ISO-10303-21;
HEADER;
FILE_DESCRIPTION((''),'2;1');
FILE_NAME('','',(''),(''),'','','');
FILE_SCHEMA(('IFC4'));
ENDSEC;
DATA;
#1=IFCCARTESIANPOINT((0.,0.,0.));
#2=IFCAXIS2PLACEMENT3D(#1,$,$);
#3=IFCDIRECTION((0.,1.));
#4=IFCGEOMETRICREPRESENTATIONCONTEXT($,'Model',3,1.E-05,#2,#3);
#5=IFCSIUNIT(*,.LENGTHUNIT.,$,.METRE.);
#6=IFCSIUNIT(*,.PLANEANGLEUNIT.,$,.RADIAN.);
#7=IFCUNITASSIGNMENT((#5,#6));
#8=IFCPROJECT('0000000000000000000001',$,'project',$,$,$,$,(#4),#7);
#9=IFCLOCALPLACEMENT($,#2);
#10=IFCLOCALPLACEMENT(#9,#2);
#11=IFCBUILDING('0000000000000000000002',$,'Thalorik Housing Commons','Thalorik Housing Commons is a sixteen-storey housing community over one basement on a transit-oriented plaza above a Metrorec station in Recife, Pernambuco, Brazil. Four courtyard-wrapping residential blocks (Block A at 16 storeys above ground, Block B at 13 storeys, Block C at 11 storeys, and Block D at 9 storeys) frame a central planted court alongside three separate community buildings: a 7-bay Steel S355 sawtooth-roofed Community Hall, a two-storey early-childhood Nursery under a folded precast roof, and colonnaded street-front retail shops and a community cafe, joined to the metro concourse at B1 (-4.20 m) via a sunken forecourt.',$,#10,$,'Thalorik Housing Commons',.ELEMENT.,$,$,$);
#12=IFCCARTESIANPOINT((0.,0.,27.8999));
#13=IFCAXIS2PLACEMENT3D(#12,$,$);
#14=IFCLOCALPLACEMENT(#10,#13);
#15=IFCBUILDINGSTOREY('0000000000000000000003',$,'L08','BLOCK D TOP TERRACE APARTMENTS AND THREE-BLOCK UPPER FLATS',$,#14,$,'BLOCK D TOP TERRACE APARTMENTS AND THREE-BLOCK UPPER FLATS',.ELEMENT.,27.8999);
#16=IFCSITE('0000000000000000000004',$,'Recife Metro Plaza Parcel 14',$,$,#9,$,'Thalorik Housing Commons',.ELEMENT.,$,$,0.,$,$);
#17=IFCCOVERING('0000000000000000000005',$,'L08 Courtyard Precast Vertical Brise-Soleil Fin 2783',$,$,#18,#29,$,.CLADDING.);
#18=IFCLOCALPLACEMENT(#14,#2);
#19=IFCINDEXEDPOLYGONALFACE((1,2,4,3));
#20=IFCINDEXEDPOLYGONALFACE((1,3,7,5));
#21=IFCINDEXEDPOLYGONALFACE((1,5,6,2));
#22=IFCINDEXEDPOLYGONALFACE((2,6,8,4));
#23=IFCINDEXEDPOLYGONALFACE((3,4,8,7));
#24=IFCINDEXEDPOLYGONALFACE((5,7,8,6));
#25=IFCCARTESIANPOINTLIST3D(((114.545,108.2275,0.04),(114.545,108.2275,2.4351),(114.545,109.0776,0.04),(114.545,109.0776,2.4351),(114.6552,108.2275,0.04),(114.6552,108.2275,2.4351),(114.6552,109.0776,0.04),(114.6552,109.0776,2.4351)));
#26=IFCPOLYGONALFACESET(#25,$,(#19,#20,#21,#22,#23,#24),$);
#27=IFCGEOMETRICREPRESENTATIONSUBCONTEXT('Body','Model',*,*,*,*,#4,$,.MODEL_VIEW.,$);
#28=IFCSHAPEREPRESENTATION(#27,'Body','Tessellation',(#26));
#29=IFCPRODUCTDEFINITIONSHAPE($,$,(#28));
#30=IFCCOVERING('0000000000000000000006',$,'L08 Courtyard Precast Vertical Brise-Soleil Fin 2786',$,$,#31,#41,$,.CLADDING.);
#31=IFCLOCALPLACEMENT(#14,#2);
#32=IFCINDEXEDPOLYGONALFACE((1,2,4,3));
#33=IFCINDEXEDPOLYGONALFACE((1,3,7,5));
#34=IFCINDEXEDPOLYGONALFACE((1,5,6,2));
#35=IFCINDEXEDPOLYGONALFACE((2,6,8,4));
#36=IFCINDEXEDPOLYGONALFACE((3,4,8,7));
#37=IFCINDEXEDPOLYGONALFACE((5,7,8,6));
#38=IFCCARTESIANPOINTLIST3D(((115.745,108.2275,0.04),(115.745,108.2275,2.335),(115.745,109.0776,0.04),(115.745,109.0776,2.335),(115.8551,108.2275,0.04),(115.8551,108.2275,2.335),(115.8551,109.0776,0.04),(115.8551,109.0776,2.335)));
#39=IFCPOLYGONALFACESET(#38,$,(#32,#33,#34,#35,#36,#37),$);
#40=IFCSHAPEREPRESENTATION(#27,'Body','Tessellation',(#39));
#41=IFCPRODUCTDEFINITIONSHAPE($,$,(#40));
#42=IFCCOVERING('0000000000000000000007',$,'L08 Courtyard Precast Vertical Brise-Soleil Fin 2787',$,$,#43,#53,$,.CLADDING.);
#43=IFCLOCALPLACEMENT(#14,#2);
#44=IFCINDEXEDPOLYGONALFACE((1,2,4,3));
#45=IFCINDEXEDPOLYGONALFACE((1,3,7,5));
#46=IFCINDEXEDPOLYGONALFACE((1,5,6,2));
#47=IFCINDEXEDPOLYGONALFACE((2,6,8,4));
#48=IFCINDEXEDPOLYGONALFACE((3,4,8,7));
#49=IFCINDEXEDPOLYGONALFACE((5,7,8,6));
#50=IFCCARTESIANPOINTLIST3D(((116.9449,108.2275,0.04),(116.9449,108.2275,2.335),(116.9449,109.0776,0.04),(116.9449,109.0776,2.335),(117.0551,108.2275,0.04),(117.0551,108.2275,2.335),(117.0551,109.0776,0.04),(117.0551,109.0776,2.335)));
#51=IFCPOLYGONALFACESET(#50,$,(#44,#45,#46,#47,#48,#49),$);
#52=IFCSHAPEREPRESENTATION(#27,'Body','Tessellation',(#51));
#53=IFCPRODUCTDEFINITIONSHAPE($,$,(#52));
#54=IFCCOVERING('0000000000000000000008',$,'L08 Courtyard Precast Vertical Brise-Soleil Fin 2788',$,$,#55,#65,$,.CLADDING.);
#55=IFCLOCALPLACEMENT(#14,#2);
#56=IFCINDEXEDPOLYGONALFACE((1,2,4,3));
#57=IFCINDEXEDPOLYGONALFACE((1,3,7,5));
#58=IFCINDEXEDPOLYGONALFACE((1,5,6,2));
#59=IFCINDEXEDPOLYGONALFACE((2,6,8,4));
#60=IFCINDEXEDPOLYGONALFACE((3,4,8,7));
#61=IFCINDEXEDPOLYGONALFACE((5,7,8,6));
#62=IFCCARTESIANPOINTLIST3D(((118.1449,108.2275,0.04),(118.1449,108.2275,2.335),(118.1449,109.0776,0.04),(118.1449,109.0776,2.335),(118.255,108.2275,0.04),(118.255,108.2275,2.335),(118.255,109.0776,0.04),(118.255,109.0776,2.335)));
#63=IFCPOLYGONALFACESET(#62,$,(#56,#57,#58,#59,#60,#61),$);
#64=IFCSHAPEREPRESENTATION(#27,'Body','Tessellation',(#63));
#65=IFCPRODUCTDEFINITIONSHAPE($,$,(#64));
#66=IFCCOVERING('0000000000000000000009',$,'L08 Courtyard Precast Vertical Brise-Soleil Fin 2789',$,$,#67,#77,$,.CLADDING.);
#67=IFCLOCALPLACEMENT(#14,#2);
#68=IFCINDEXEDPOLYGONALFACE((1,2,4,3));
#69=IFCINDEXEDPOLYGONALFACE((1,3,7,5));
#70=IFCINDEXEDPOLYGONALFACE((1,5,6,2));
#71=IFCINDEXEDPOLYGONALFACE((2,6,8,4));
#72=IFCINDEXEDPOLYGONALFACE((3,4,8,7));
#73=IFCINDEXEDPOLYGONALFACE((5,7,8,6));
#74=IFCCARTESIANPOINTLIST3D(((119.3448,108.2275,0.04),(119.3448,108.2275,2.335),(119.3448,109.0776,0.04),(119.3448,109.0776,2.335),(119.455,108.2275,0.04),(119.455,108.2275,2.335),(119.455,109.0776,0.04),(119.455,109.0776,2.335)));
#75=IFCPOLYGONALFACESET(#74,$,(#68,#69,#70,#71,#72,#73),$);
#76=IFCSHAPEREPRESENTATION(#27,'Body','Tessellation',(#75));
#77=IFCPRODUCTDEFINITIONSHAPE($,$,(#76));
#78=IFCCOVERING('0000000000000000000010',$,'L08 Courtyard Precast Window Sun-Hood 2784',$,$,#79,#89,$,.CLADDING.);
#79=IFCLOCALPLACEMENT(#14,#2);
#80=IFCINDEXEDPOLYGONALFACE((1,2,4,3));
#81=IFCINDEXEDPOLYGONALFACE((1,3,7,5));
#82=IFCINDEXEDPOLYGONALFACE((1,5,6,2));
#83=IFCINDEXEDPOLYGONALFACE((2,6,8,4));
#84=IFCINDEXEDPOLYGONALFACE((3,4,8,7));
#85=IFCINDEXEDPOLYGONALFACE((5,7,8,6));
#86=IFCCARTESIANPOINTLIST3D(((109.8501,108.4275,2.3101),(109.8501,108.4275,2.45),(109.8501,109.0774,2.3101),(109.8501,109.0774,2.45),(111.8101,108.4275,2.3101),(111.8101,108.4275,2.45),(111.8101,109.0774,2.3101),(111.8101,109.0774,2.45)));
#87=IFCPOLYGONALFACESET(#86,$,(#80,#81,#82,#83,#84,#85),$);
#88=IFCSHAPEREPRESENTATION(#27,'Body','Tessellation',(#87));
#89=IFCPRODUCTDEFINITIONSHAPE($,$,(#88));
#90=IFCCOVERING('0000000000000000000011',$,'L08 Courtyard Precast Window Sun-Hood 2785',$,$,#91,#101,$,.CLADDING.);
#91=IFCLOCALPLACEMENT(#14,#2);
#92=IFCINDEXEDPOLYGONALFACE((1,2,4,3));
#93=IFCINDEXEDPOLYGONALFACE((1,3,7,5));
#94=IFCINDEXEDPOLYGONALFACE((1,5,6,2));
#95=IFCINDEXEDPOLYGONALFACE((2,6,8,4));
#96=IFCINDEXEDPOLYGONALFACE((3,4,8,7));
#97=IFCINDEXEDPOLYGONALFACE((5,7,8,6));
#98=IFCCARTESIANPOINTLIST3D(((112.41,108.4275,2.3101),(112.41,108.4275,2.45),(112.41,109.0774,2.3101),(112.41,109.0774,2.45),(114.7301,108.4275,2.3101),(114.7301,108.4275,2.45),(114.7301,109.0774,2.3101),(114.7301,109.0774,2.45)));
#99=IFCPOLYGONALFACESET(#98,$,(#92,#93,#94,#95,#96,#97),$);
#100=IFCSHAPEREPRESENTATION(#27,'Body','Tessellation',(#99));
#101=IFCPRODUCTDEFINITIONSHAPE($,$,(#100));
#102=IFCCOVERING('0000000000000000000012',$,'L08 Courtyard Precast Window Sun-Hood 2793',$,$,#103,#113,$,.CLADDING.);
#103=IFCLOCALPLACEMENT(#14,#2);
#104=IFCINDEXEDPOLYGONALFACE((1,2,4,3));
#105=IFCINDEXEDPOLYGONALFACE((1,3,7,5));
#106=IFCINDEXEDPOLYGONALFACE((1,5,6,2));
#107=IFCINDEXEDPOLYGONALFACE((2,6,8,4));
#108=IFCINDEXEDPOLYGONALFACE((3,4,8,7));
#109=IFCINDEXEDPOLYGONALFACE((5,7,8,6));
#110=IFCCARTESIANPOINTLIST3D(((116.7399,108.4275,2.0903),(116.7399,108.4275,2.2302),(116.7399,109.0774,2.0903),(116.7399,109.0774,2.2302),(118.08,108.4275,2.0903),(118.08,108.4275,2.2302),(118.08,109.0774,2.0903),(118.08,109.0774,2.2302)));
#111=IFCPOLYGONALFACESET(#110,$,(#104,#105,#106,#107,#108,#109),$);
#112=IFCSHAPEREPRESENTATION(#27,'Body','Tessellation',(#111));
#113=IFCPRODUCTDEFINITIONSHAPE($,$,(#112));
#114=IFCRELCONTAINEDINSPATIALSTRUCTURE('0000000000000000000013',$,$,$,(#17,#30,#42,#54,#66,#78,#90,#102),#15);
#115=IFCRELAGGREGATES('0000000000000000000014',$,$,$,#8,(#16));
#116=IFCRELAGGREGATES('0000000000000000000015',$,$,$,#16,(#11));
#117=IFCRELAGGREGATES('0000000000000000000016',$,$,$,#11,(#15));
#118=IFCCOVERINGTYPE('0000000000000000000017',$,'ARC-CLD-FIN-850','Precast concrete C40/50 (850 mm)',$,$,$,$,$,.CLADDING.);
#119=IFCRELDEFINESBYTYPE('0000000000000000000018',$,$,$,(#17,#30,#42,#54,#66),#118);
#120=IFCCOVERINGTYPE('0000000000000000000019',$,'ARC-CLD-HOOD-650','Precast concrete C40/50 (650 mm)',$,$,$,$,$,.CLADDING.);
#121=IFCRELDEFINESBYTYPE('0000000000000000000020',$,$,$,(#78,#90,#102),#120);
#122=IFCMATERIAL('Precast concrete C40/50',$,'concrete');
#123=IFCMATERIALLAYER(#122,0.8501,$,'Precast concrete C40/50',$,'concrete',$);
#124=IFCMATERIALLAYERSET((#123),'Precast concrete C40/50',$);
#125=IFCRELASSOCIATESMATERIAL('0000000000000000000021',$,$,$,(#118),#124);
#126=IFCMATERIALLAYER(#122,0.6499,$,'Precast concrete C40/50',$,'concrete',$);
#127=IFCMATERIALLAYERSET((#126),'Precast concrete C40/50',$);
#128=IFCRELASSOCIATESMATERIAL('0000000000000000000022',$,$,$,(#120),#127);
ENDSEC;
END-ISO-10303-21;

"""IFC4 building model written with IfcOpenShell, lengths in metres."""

from ifc_helpers import new_model, si_unit, direction, frame, origin, origin_2d, place, context, subcontext, project, spatial, rectangle, extrude, material, layer, layer_set, type_object, element, save


model = new_model("IFC4")

# Units and contexts
model_context = context("Model", 3, precision=1e-05, world=origin(), true_north=direction((0.0, 1.0)))
body_context = subcontext(model_context, "Body", "Model", "MODEL_VIEW")
ifc_project = project(units=[si_unit("LENGTHUNIT", "METRE"), si_unit("PLANEANGLEUNIT", "RADIAN")], contexts=[model_context])

# Site, building, storey
site_placement = place(None, origin())
site = spatial("IfcSite", under=ifc_project, at=site_placement, Name="Recife Metro Plaza Parcel 14", LongName="Thalorik Housing Commons", CompositionType="ELEMENT", RefElevation=0.0)
building_placement = place(site_placement, origin())
building = spatial("IfcBuilding", under=site, at=building_placement, Name="Thalorik Housing Commons", Description="Thalorik Housing Commons is a sixteen-storey housing community over one basement on a transit-oriented plaza above a Metrorec station in Recife, Pernambuco, Brazil. Four courtyard-wrapping residential blocks (Block A at 16 storeys above ground, Block B at 13 storeys, Block C at 11 storeys, and Block D at 9 storeys) frame a central planted court alongside three separate community buildings: a 7-bay Steel S355 sawtooth-roofed Community Hall, a two-storey early-childhood Nursery under a folded precast roof, and colonnaded street-front retail shops and a community cafe, joined to the metro concourse at B1 (-4.20 m) via a sunken forecourt.", LongName="Thalorik Housing Commons", CompositionType="ELEMENT")
storey_placement = place(building_placement, frame((0.0, 0.0, 27.8999)))
storey = spatial("IfcBuildingStorey", under=building, at=storey_placement, Name="L08", Description="BLOCK D TOP TERRACE APARTMENTS AND THREE-BLOCK UPPER FLATS", LongName="BLOCK D TOP TERRACE APARTMENTS AND THREE-BLOCK UPPER FLATS", CompositionType="ELEMENT", Elevation=27.8999)

# Shared definitions
ifc_material_1 = material(Name="Precast concrete C40/50", Category="concrete")

# Coverings
ifc_layer_1 = layer(ifc_material_1, 0.8501, Name="Precast concrete C40/50", Category="concrete")
ifc_layer_set_1 = layer_set([ifc_layer_1], Name="Precast concrete C40/50")
covering_type_1 = type_object("IfcCoveringType", Name="ARC-CLD-FIN-850", Description="Precast concrete C40/50 (850 mm)", PredefinedType="CLADDING", material=ifc_layer_set_1)
for number, where, z_axis, x_axis, name in (
    (1, (114.6001, 108.6526, 0.04), (0.0, 0.0, 1.0), (1.0, 0.0, 0.0), "L08 Courtyard Precast Vertical Brise-Soleil Fin 2783"),
):
    element("IfcCovering", number, at=place(storey_placement, frame(where, z_axis=z_axis, x_axis=x_axis)), inside=storey, type_object=covering_type_1, Name=name, PredefinedType="CLADDING", context=body_context, shape_type="SweptSolid", body=[
        extrude(rectangle(XDim=0.1101, YDim=0.8501, at=origin_2d()), origin(), (0.0, 0.0, 1.0), 2.395),
    ])
for number, where, z_axis, x_axis, name in (
    (2, (115.8, 108.6526, 0.04), (0.0, 0.0, 1.0), (1.0, 0.0, 0.0), "L08 Courtyard Precast Vertical Brise-Soleil Fin 2786"),
    (3, (117.0, 108.6526, 0.04), (0.0, 0.0, 1.0), (1.0, 0.0, 0.0), "L08 Courtyard Precast Vertical Brise-Soleil Fin 2787"),
    (4, (118.2, 108.6526, 0.04), (0.0, 0.0, 1.0), (1.0, 0.0, 0.0), "L08 Courtyard Precast Vertical Brise-Soleil Fin 2788"),
    (5, (119.3999, 108.6526, 0.04), (0.0, 0.0, 1.0), (1.0, 0.0, 0.0), "L08 Courtyard Precast Vertical Brise-Soleil Fin 2789"),
):
    element("IfcCovering", number, at=place(storey_placement, frame(where, z_axis=z_axis, x_axis=x_axis)), inside=storey, type_object=covering_type_1, Name=name, PredefinedType="CLADDING", context=body_context, shape_type="SweptSolid", body=[
        extrude(rectangle(XDim=0.1101, YDim=0.8501, at=origin_2d()), origin(), (0.0, 0.0, 1.0), 2.2949),
    ])
ifc_layer_2 = layer(ifc_material_1, 0.6499, Name="Precast concrete C40/50", Category="concrete")
ifc_layer_set_2 = layer_set([ifc_layer_2], Name="Precast concrete C40/50")
covering_type_2 = type_object("IfcCoveringType", Name="ARC-CLD-HOOD-650", Description="Precast concrete C40/50 (650 mm)", PredefinedType="CLADDING", material=ifc_layer_set_2)
covering_1_placement = place(storey_placement, frame((110.8301, 108.7524, 2.3101), z_axis=(0.0, 0.0, 1.0), x_axis=(1.0, 0.0, 0.0)))
element("IfcCovering", 6, at=covering_1_placement, inside=storey, type_object=covering_type_2, Name="L08 Courtyard Precast Window Sun-Hood 2784", PredefinedType="CLADDING", context=body_context, shape_type="SweptSolid", body=[
    extrude(rectangle(XDim=1.96, YDim=0.6499, at=origin_2d()), origin(), (0.0, 0.0, 1.0), 0.1399),
])
covering_2_placement = place(storey_placement, frame((113.5701, 108.7524, 2.3101), z_axis=(0.0, 0.0, 1.0), x_axis=(1.0, 0.0, 0.0)))
element("IfcCovering", 7, at=covering_2_placement, inside=storey, type_object=covering_type_2, Name="L08 Courtyard Precast Window Sun-Hood 2785", PredefinedType="CLADDING", context=body_context, shape_type="SweptSolid", body=[
    extrude(rectangle(XDim=2.3201, YDim=0.6499, at=origin_2d()), origin(), (0.0, 0.0, 1.0), 0.1399),
])
covering_3_placement = place(storey_placement, frame((117.4099, 108.7524, 2.0903), z_axis=(0.0, 0.0, 1.0), x_axis=(1.0, 0.0, 0.0)))
element("IfcCovering", 8, at=covering_3_placement, inside=storey, type_object=covering_type_2, Name="L08 Courtyard Precast Window Sun-Hood 2793", PredefinedType="CLADDING", context=body_context, shape_type="SweptSolid", body=[
    extrude(rectangle(XDim=1.3401, YDim=0.6499, at=origin_2d()), origin(), (0.0, 0.0, 1.0), 0.1399),
])

save(model, "model.ifc")
